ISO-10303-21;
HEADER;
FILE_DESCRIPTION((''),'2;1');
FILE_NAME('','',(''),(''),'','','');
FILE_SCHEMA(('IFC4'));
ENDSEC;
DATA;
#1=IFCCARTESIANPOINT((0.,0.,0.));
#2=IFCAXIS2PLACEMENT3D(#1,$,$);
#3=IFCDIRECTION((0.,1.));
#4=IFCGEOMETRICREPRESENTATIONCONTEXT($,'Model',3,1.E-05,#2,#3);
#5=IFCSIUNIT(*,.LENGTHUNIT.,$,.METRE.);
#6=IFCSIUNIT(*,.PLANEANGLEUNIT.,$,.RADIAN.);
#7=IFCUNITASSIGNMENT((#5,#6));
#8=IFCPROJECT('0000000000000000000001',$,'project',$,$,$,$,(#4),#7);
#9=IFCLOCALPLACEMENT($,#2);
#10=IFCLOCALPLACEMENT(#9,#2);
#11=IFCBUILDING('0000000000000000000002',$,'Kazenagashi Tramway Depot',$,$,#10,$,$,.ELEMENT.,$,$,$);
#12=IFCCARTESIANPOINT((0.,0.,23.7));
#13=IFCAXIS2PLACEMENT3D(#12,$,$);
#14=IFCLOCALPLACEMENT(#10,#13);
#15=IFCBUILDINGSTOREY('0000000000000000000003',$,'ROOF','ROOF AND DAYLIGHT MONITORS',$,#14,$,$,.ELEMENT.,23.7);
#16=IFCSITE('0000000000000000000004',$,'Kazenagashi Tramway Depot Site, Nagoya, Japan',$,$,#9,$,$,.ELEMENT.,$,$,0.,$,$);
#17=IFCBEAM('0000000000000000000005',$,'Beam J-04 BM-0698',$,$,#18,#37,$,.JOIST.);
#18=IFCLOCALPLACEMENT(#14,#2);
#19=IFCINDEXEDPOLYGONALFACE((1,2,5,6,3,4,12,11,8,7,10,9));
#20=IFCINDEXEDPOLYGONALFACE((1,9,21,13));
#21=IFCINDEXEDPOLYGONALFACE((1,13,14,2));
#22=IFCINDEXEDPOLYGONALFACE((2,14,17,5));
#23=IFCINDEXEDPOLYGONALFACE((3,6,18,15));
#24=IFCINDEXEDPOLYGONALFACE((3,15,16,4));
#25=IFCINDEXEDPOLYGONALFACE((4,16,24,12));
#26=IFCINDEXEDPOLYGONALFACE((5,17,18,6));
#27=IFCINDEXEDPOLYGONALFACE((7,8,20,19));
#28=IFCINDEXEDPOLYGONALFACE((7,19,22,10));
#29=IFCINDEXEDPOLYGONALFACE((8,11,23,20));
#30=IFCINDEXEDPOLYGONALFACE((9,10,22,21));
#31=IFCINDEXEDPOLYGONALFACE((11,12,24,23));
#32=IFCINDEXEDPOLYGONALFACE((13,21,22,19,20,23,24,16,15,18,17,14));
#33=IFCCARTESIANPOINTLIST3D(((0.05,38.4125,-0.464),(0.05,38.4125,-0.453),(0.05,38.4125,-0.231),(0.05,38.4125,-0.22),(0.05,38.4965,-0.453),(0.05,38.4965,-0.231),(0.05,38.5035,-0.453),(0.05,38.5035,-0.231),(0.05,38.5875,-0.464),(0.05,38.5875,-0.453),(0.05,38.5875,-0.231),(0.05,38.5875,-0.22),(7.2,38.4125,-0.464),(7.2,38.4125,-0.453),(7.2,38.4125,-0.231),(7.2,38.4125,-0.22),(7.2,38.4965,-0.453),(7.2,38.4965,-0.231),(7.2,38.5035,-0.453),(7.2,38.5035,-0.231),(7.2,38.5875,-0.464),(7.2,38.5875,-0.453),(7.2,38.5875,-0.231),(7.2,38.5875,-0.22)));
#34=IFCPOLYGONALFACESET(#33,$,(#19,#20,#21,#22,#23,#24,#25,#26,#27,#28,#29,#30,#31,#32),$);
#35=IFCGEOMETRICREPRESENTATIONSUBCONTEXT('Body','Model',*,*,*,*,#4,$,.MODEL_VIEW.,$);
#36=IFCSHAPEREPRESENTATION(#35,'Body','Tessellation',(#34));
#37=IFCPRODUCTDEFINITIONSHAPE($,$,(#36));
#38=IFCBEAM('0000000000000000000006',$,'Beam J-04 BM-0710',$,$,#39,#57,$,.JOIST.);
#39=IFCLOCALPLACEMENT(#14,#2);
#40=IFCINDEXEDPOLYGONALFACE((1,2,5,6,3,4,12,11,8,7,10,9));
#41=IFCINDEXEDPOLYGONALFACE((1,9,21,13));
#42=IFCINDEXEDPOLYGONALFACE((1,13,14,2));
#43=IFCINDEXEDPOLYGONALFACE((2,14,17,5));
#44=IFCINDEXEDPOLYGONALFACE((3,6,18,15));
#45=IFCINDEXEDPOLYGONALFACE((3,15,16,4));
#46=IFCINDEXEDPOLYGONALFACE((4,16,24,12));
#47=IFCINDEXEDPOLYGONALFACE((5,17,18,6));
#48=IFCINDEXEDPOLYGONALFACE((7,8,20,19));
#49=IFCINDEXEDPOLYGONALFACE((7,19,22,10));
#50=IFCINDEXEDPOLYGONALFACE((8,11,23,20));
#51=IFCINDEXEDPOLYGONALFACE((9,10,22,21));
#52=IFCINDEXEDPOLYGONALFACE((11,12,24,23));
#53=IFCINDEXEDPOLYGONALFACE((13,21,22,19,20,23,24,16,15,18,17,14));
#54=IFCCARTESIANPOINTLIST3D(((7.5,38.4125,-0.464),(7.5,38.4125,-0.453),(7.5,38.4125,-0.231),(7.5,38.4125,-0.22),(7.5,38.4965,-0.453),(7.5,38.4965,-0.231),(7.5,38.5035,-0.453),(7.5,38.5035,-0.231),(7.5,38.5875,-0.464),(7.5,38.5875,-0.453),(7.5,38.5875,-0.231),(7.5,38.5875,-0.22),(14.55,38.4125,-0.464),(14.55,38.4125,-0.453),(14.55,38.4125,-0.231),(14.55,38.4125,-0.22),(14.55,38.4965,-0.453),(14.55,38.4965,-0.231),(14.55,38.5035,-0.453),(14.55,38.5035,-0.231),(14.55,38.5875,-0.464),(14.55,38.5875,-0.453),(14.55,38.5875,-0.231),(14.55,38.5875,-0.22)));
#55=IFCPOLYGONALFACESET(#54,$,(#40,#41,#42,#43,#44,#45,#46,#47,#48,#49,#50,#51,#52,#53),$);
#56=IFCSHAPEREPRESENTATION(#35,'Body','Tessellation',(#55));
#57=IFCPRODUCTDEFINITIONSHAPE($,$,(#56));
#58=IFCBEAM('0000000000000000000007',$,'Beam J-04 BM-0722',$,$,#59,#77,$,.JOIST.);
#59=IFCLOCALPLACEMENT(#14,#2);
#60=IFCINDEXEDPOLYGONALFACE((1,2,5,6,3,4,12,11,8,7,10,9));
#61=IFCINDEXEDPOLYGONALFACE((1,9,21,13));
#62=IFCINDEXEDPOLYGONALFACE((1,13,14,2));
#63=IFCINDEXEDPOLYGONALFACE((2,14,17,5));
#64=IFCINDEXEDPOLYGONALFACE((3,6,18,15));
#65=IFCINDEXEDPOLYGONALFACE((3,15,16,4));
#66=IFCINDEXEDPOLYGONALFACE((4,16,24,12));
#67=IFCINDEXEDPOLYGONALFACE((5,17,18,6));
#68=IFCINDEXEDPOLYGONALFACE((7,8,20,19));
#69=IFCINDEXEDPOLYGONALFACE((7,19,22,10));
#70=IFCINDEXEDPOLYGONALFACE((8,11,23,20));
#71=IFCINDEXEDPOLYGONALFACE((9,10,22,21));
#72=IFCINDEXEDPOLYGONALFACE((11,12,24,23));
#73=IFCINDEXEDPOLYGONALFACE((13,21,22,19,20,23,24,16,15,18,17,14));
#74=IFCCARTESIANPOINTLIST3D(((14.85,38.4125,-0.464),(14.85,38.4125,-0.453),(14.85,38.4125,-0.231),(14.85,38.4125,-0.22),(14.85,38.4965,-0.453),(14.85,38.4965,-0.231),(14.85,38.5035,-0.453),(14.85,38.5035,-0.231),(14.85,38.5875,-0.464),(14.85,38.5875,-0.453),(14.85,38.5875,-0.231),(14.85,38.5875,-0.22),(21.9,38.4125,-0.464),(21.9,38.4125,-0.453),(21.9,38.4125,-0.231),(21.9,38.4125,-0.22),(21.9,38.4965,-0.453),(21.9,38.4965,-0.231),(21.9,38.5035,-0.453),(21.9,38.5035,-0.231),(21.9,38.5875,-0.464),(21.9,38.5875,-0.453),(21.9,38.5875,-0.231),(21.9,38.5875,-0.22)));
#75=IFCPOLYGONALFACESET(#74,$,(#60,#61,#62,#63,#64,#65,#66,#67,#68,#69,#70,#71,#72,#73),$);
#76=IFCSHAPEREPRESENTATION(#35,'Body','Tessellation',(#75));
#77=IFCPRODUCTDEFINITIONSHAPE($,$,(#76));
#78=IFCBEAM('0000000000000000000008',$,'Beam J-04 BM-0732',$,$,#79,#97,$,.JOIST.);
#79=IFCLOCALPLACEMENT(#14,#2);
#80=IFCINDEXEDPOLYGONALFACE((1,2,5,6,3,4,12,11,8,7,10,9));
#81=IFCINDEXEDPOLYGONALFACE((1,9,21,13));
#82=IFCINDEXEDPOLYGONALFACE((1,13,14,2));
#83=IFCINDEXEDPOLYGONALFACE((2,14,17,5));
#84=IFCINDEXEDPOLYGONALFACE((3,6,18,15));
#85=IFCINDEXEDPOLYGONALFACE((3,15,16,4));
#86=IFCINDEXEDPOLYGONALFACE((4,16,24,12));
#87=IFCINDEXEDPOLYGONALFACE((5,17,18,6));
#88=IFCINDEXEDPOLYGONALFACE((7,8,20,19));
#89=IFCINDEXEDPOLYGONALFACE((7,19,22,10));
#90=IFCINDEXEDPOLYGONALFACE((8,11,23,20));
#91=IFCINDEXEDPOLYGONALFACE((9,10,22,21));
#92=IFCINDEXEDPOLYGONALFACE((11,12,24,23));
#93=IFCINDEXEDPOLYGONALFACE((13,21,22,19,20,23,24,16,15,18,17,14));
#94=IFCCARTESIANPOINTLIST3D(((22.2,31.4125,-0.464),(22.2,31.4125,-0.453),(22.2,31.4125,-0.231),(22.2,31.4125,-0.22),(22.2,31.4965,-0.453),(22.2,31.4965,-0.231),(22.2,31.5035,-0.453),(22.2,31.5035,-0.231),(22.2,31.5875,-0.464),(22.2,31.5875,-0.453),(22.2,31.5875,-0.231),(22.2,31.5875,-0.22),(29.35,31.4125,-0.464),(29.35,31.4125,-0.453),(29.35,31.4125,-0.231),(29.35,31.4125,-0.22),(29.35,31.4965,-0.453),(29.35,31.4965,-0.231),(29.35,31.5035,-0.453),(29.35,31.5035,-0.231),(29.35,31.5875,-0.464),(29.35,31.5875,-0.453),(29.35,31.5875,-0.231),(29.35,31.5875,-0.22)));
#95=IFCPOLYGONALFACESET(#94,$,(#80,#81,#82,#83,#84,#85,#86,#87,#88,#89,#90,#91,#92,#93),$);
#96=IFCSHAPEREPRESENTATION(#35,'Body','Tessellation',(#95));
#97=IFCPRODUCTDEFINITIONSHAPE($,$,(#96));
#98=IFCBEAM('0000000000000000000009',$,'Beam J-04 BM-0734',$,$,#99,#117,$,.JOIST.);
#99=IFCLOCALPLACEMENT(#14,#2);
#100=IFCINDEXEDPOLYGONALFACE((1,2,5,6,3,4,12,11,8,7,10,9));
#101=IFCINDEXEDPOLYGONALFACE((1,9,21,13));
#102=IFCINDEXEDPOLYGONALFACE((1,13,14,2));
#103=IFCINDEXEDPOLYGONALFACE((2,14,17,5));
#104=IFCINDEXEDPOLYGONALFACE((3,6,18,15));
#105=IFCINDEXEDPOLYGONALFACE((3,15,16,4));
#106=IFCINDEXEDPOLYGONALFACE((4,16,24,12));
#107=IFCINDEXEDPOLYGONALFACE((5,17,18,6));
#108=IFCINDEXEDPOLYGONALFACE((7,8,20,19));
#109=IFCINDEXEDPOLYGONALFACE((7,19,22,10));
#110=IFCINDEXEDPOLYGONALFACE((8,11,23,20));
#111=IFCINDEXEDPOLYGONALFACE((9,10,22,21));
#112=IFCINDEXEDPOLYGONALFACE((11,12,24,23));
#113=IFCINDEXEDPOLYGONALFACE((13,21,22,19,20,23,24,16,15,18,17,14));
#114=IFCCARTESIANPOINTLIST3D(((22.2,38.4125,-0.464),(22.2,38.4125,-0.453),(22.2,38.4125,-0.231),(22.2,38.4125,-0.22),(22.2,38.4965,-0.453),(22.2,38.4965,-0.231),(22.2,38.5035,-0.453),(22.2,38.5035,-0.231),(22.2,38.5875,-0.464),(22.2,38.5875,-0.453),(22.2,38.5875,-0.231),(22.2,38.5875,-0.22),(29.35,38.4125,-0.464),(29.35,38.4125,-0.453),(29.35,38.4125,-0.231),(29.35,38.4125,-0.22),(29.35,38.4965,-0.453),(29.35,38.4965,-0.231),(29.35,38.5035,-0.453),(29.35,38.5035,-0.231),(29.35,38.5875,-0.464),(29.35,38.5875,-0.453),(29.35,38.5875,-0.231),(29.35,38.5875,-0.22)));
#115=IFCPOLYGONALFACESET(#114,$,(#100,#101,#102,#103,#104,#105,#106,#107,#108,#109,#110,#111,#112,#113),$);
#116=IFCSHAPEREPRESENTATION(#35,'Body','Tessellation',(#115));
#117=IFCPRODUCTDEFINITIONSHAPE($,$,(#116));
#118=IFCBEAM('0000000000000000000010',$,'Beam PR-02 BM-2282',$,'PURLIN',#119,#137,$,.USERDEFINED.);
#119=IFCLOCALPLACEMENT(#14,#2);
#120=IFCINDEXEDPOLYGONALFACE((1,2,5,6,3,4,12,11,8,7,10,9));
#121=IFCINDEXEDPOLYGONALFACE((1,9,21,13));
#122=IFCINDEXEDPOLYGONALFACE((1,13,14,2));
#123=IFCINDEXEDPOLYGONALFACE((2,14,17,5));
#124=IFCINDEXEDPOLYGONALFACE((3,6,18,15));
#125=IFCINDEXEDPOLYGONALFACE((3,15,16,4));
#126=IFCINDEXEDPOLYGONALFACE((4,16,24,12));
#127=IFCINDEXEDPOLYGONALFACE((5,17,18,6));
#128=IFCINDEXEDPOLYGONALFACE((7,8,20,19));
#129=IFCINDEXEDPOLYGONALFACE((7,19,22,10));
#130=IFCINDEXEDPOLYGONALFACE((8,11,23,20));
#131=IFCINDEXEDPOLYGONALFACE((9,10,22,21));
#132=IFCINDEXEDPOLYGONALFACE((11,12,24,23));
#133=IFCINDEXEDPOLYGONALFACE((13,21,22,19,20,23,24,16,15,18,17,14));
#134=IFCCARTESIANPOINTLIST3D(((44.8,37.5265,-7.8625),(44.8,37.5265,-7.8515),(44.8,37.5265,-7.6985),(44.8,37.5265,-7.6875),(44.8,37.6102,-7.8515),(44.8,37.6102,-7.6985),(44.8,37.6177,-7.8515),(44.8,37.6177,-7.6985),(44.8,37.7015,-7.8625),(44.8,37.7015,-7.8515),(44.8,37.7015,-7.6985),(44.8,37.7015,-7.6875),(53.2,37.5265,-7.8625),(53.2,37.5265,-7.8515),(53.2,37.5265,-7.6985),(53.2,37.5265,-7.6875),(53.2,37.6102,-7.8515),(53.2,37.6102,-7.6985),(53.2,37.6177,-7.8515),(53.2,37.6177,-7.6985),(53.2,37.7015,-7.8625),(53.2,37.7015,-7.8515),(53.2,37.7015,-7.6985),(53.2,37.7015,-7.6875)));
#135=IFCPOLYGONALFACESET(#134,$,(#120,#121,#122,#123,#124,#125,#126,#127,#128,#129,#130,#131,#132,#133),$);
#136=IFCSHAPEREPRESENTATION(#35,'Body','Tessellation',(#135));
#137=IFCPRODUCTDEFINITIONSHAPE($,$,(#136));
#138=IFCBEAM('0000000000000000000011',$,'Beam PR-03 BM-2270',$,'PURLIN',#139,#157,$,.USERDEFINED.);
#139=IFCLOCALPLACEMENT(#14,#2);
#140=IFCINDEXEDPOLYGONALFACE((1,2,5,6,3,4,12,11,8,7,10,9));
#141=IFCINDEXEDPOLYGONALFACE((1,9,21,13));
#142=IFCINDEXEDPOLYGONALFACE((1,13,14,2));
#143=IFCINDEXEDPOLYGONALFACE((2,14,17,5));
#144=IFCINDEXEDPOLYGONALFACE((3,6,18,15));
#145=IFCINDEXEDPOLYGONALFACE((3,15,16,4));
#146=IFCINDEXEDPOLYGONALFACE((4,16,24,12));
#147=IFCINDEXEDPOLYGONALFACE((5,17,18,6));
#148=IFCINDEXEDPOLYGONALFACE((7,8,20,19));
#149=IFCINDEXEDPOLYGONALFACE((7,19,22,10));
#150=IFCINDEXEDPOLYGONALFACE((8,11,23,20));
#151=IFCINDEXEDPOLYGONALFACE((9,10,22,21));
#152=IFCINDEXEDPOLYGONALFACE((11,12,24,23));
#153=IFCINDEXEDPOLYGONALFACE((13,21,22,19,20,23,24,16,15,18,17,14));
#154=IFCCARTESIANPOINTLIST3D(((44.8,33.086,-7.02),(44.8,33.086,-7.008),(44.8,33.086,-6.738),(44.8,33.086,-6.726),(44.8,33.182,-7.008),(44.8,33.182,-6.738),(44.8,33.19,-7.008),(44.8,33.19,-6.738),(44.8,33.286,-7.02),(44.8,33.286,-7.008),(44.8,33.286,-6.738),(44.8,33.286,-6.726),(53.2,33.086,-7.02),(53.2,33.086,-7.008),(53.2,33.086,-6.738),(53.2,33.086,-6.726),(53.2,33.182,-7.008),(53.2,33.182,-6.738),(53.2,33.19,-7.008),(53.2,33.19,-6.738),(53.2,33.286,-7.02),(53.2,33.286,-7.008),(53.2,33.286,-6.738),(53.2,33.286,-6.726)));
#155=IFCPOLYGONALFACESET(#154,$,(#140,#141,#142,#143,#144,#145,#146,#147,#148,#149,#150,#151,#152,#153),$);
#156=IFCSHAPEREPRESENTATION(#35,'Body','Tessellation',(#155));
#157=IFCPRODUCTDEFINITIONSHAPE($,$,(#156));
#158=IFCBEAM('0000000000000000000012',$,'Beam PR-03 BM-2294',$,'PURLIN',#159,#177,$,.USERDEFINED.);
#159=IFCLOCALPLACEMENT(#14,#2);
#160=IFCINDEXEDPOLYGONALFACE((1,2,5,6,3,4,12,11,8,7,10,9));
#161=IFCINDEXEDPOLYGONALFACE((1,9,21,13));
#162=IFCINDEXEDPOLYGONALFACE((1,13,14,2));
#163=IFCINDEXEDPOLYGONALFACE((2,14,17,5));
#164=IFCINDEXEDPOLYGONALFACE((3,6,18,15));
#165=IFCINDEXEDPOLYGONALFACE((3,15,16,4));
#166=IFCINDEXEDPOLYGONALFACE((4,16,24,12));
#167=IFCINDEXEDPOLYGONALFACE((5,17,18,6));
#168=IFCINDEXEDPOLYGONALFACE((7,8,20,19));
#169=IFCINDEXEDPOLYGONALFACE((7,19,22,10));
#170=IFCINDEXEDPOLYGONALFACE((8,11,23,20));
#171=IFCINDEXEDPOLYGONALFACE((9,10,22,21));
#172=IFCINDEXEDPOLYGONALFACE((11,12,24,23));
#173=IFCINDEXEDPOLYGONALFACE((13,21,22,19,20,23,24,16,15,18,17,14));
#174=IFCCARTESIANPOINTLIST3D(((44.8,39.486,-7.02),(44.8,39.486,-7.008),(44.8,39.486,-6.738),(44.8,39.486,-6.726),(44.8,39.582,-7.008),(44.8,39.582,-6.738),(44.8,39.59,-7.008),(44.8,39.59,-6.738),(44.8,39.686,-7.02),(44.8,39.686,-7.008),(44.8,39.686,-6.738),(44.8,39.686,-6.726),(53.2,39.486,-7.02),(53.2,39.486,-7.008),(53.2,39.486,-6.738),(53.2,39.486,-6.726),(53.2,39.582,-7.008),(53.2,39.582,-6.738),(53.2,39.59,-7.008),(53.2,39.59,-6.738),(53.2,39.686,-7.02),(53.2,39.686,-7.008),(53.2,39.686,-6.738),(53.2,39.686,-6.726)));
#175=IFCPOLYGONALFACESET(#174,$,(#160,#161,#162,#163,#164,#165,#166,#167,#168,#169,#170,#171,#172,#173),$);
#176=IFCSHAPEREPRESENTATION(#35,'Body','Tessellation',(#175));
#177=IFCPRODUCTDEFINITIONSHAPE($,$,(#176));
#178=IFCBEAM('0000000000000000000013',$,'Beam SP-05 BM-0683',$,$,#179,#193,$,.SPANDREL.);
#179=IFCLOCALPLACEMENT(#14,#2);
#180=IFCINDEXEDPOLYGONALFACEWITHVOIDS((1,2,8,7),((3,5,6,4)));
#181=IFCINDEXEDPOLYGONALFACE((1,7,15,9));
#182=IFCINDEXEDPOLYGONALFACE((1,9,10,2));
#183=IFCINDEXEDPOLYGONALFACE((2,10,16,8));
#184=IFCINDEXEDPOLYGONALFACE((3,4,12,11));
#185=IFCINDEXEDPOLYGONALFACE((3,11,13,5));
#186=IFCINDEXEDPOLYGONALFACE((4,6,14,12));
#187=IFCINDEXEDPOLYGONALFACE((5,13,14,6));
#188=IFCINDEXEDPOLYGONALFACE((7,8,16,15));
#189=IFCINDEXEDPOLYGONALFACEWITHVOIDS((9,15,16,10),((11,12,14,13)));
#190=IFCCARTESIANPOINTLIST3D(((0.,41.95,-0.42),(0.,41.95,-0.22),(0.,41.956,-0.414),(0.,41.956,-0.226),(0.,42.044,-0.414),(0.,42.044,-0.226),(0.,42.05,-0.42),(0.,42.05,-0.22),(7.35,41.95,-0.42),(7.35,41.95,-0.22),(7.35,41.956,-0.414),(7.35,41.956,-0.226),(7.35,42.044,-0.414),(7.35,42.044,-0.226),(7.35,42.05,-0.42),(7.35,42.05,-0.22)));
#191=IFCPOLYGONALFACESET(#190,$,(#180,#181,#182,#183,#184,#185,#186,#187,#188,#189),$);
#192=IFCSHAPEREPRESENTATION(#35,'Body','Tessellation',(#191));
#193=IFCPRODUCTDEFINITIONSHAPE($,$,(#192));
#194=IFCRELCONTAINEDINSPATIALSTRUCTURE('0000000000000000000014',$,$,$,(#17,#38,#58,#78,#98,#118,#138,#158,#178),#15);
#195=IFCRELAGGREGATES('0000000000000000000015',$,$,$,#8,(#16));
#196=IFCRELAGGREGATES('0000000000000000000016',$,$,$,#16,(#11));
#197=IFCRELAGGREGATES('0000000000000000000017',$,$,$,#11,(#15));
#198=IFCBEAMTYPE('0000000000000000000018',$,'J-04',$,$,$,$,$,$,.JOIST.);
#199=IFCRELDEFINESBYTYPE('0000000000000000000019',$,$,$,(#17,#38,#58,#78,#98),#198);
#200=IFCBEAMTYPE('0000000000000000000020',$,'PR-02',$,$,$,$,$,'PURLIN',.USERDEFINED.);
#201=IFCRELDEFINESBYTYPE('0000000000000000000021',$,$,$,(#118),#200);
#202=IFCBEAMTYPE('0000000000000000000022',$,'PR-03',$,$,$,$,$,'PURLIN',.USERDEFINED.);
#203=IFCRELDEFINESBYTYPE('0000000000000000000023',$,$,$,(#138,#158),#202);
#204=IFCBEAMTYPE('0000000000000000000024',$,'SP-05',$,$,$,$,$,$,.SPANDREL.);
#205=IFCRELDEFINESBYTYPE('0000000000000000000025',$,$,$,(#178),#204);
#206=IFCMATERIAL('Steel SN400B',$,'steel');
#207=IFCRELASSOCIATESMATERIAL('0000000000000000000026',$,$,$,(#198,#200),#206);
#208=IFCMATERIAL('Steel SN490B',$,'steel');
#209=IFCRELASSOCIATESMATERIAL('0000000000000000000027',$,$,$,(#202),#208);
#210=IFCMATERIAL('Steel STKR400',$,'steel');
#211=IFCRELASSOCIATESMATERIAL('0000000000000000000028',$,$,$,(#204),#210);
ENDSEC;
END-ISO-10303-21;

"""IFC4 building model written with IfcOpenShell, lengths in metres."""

from ifc_helpers import new_model, si_unit, direction, frame, origin, origin_2d, place, context, subcontext, project, spatial, hollow_rectangle, i_section, extrude, material, material_profile, profile_set, type_object, element, save


model = new_model("IFC4")

# Units and contexts
model_context = context("Model", 3, precision=1e-05, world=origin(), true_north=direction((0.0, 1.0)))
body_context = subcontext(model_context, "Body", "Model", "MODEL_VIEW")
ifc_project = project(units=[si_unit("LENGTHUNIT", "METRE"), si_unit("PLANEANGLEUNIT", "RADIAN")], contexts=[model_context])

# Site, building, storey
site_placement = place(None, origin())
site = spatial("IfcSite", under=ifc_project, at=site_placement, Name="Kazenagashi Tramway Depot Site, Nagoya, Japan", CompositionType="ELEMENT", RefElevation=0.0)
building_placement = place(site_placement, origin())
building = spatial("IfcBuilding", under=site, at=building_placement, Name="Kazenagashi Tramway Depot", CompositionType="ELEMENT")
storey_placement = place(building_placement, frame((0.0, 0.0, 23.7)))
storey = spatial("IfcBuildingStorey", under=building, at=storey_placement, Name="ROOF", Description="ROOF AND DAYLIGHT MONITORS", CompositionType="ELEMENT", Elevation=23.7)

# Shared definitions
ifc_material_1 = material(Name="Steel STKR400", Category="steel")

# Beams
ifc_material_2 = material(Name="Steel SN490B", Category="steel")
ifc_material_3 = material(Name="Steel SN400B", Category="steel")
ifc_material_profile_1 = material_profile(ifc_material_3, i_section(OverallWidth=0.175, OverallDepth=0.244, WebThickness=0.007, FlangeThickness=0.011, at=origin_2d()), Name="H-244x175x7x11")
ifc_profile_set_1 = profile_set([ifc_material_profile_1], Name="Steel SN400B")
beam_type_1 = type_object("IfcBeamType", Name="J-04", PredefinedType="JOIST", material=ifc_profile_set_1)
beam_1_placement = place(storey_placement, frame((0.05, 38.5, -0.342), z_axis=(1.0, 0.0, 0.0), x_axis=(0.0, 1.0, 0.0)))
element("IfcBeam", 1, at=beam_1_placement, inside=storey, type_object=beam_type_1, Name="Beam J-04 BM-0698", PredefinedType="JOIST", context=body_context, shape_type="SweptSolid", body=[
    extrude(i_section(OverallWidth=0.175, OverallDepth=0.244, WebThickness=0.007, FlangeThickness=0.011, at=origin_2d()), origin(), (0.0, 0.0, 1.0), 7.15),
])
for number, where, z_axis, x_axis, name in (
    (2, (7.5, 38.5, -0.342), (1.0, 0.0, 0.0), (0.0, 1.0, 0.0), "Beam J-04 BM-0710"),
    (3, (14.85, 38.5, -0.342), (1.0, 0.0, 0.0), (0.0, 1.0, 0.0), "Beam J-04 BM-0722"),
):
    element("IfcBeam", number, at=place(storey_placement, frame(where, z_axis=z_axis, x_axis=x_axis)), inside=storey, type_object=beam_type_1, Name=name, PredefinedType="JOIST", context=body_context, shape_type="SweptSolid", body=[
        extrude(i_section(OverallWidth=0.175, OverallDepth=0.244, WebThickness=0.007, FlangeThickness=0.011, at=origin_2d()), origin(), (0.0, 0.0, 1.0), 7.05),
    ])
for number, where, z_axis, x_axis, name in (
    (4, (22.2, 31.5, -0.342), (1.0, 0.0, 0.0), (0.0, 1.0, 0.0), "Beam J-04 BM-0732"),
    (5, (22.2, 38.5, -0.342), (1.0, 0.0, 0.0), (0.0, 1.0, 0.0), "Beam J-04 BM-0734"),
):
    element("IfcBeam", number, at=place(storey_placement, frame(where, z_axis=z_axis, x_axis=x_axis)), inside=storey, type_object=beam_type_1, Name=name, PredefinedType="JOIST", context=body_context, shape_type="SweptSolid", body=[
        extrude(i_section(OverallWidth=0.175, OverallDepth=0.244, WebThickness=0.007, FlangeThickness=0.011, at=origin_2d()), origin(), (0.0, 0.0, 1.0), 7.15),
    ])
ifc_material_profile_2 = material_profile(ifc_material_3, i_section(OverallWidth=0.175, OverallDepth=0.175, WebThickness=0.0075, FlangeThickness=0.011, at=origin_2d()), Name="H-175x175x7.5x11")
ifc_profile_set_2 = profile_set([ifc_material_profile_2], Name="Steel SN400B")
beam_type_2 = type_object("IfcBeamType", Name="PR-02", ElementType="PURLIN", PredefinedType="USERDEFINED", material=ifc_profile_set_2)
beam_2_placement = place(storey_placement, frame((44.8, 37.614, -7.775), z_axis=(1.0, 0.0, 0.0), x_axis=(0.0, 1.0, 0.0)))
element("IfcBeam", 6, at=beam_2_placement, inside=storey, type_object=beam_type_2, Name="Beam PR-02 BM-2282", ObjectType="PURLIN", PredefinedType="USERDEFINED", context=body_context, shape_type="SweptSolid", body=[
    extrude(i_section(OverallWidth=0.175, OverallDepth=0.175, WebThickness=0.0075, FlangeThickness=0.011, at=origin_2d()), origin(), (0.0, 0.0, 1.0), 8.4),
])
ifc_material_profile_3 = material_profile(ifc_material_2, i_section(OverallWidth=0.2, OverallDepth=0.294, WebThickness=0.008, FlangeThickness=0.012, at=origin_2d()), Name="H-294x200x8x12")
ifc_profile_set_3 = profile_set([ifc_material_profile_3], Name="Steel SN490B")
beam_type_3 = type_object("IfcBeamType", Name="PR-03", ElementType="PURLIN", PredefinedType="USERDEFINED", material=ifc_profile_set_3)
for number, where, z_axis, x_axis, name in (
    (7, (44.8, 33.186, -6.873), (1.0, 0.0, 0.0), (0.0, 1.0, 0.0), "Beam PR-03 BM-2270"),
    (8, (44.8, 39.586, -6.873), (1.0, 0.0, 0.0), (0.0, 1.0, 0.0), "Beam PR-03 BM-2294"),
):
    element("IfcBeam", number, at=place(storey_placement, frame(where, z_axis=z_axis, x_axis=x_axis)), inside=storey, type_object=beam_type_3, Name=name, ObjectType="PURLIN", PredefinedType="USERDEFINED", context=body_context, shape_type="SweptSolid", body=[
        extrude(i_section(OverallWidth=0.2, OverallDepth=0.294, WebThickness=0.008, FlangeThickness=0.012, at=origin_2d()), origin(), (0.0, 0.0, 1.0), 8.4),
    ])
ifc_material_profile_4 = material_profile(ifc_material_1, hollow_rectangle(XDim=0.1, YDim=0.2, WallThickness=0.006, at=origin_2d()), Name="RHS-200x100x6")
ifc_profile_set_4 = profile_set([ifc_material_profile_4], Name="Steel STKR400")
beam_type_4 = type_object("IfcBeamType", Name="SP-05", PredefinedType="SPANDREL", material=ifc_profile_set_4)
for number, where, z_axis, x_axis, name in (
    (9, (0.0, 42.0, -0.32), (1.0, 0.0, 0.0), (0.0, 1.0, 0.0), "Beam SP-05 BM-0683"),
):
    element("IfcBeam", number, at=place(storey_placement, frame(where, z_axis=z_axis, x_axis=x_axis)), inside=storey, type_object=beam_type_4, Name=name, PredefinedType="SPANDREL", context=body_context, shape_type="SweptSolid", body=[
        extrude(hollow_rectangle(XDim=0.1, YDim=0.2, WallThickness=0.006, at=origin_2d()), origin(), (0.0, 0.0, 1.0), 7.35),
    ])

save(model, "model.ifc")
